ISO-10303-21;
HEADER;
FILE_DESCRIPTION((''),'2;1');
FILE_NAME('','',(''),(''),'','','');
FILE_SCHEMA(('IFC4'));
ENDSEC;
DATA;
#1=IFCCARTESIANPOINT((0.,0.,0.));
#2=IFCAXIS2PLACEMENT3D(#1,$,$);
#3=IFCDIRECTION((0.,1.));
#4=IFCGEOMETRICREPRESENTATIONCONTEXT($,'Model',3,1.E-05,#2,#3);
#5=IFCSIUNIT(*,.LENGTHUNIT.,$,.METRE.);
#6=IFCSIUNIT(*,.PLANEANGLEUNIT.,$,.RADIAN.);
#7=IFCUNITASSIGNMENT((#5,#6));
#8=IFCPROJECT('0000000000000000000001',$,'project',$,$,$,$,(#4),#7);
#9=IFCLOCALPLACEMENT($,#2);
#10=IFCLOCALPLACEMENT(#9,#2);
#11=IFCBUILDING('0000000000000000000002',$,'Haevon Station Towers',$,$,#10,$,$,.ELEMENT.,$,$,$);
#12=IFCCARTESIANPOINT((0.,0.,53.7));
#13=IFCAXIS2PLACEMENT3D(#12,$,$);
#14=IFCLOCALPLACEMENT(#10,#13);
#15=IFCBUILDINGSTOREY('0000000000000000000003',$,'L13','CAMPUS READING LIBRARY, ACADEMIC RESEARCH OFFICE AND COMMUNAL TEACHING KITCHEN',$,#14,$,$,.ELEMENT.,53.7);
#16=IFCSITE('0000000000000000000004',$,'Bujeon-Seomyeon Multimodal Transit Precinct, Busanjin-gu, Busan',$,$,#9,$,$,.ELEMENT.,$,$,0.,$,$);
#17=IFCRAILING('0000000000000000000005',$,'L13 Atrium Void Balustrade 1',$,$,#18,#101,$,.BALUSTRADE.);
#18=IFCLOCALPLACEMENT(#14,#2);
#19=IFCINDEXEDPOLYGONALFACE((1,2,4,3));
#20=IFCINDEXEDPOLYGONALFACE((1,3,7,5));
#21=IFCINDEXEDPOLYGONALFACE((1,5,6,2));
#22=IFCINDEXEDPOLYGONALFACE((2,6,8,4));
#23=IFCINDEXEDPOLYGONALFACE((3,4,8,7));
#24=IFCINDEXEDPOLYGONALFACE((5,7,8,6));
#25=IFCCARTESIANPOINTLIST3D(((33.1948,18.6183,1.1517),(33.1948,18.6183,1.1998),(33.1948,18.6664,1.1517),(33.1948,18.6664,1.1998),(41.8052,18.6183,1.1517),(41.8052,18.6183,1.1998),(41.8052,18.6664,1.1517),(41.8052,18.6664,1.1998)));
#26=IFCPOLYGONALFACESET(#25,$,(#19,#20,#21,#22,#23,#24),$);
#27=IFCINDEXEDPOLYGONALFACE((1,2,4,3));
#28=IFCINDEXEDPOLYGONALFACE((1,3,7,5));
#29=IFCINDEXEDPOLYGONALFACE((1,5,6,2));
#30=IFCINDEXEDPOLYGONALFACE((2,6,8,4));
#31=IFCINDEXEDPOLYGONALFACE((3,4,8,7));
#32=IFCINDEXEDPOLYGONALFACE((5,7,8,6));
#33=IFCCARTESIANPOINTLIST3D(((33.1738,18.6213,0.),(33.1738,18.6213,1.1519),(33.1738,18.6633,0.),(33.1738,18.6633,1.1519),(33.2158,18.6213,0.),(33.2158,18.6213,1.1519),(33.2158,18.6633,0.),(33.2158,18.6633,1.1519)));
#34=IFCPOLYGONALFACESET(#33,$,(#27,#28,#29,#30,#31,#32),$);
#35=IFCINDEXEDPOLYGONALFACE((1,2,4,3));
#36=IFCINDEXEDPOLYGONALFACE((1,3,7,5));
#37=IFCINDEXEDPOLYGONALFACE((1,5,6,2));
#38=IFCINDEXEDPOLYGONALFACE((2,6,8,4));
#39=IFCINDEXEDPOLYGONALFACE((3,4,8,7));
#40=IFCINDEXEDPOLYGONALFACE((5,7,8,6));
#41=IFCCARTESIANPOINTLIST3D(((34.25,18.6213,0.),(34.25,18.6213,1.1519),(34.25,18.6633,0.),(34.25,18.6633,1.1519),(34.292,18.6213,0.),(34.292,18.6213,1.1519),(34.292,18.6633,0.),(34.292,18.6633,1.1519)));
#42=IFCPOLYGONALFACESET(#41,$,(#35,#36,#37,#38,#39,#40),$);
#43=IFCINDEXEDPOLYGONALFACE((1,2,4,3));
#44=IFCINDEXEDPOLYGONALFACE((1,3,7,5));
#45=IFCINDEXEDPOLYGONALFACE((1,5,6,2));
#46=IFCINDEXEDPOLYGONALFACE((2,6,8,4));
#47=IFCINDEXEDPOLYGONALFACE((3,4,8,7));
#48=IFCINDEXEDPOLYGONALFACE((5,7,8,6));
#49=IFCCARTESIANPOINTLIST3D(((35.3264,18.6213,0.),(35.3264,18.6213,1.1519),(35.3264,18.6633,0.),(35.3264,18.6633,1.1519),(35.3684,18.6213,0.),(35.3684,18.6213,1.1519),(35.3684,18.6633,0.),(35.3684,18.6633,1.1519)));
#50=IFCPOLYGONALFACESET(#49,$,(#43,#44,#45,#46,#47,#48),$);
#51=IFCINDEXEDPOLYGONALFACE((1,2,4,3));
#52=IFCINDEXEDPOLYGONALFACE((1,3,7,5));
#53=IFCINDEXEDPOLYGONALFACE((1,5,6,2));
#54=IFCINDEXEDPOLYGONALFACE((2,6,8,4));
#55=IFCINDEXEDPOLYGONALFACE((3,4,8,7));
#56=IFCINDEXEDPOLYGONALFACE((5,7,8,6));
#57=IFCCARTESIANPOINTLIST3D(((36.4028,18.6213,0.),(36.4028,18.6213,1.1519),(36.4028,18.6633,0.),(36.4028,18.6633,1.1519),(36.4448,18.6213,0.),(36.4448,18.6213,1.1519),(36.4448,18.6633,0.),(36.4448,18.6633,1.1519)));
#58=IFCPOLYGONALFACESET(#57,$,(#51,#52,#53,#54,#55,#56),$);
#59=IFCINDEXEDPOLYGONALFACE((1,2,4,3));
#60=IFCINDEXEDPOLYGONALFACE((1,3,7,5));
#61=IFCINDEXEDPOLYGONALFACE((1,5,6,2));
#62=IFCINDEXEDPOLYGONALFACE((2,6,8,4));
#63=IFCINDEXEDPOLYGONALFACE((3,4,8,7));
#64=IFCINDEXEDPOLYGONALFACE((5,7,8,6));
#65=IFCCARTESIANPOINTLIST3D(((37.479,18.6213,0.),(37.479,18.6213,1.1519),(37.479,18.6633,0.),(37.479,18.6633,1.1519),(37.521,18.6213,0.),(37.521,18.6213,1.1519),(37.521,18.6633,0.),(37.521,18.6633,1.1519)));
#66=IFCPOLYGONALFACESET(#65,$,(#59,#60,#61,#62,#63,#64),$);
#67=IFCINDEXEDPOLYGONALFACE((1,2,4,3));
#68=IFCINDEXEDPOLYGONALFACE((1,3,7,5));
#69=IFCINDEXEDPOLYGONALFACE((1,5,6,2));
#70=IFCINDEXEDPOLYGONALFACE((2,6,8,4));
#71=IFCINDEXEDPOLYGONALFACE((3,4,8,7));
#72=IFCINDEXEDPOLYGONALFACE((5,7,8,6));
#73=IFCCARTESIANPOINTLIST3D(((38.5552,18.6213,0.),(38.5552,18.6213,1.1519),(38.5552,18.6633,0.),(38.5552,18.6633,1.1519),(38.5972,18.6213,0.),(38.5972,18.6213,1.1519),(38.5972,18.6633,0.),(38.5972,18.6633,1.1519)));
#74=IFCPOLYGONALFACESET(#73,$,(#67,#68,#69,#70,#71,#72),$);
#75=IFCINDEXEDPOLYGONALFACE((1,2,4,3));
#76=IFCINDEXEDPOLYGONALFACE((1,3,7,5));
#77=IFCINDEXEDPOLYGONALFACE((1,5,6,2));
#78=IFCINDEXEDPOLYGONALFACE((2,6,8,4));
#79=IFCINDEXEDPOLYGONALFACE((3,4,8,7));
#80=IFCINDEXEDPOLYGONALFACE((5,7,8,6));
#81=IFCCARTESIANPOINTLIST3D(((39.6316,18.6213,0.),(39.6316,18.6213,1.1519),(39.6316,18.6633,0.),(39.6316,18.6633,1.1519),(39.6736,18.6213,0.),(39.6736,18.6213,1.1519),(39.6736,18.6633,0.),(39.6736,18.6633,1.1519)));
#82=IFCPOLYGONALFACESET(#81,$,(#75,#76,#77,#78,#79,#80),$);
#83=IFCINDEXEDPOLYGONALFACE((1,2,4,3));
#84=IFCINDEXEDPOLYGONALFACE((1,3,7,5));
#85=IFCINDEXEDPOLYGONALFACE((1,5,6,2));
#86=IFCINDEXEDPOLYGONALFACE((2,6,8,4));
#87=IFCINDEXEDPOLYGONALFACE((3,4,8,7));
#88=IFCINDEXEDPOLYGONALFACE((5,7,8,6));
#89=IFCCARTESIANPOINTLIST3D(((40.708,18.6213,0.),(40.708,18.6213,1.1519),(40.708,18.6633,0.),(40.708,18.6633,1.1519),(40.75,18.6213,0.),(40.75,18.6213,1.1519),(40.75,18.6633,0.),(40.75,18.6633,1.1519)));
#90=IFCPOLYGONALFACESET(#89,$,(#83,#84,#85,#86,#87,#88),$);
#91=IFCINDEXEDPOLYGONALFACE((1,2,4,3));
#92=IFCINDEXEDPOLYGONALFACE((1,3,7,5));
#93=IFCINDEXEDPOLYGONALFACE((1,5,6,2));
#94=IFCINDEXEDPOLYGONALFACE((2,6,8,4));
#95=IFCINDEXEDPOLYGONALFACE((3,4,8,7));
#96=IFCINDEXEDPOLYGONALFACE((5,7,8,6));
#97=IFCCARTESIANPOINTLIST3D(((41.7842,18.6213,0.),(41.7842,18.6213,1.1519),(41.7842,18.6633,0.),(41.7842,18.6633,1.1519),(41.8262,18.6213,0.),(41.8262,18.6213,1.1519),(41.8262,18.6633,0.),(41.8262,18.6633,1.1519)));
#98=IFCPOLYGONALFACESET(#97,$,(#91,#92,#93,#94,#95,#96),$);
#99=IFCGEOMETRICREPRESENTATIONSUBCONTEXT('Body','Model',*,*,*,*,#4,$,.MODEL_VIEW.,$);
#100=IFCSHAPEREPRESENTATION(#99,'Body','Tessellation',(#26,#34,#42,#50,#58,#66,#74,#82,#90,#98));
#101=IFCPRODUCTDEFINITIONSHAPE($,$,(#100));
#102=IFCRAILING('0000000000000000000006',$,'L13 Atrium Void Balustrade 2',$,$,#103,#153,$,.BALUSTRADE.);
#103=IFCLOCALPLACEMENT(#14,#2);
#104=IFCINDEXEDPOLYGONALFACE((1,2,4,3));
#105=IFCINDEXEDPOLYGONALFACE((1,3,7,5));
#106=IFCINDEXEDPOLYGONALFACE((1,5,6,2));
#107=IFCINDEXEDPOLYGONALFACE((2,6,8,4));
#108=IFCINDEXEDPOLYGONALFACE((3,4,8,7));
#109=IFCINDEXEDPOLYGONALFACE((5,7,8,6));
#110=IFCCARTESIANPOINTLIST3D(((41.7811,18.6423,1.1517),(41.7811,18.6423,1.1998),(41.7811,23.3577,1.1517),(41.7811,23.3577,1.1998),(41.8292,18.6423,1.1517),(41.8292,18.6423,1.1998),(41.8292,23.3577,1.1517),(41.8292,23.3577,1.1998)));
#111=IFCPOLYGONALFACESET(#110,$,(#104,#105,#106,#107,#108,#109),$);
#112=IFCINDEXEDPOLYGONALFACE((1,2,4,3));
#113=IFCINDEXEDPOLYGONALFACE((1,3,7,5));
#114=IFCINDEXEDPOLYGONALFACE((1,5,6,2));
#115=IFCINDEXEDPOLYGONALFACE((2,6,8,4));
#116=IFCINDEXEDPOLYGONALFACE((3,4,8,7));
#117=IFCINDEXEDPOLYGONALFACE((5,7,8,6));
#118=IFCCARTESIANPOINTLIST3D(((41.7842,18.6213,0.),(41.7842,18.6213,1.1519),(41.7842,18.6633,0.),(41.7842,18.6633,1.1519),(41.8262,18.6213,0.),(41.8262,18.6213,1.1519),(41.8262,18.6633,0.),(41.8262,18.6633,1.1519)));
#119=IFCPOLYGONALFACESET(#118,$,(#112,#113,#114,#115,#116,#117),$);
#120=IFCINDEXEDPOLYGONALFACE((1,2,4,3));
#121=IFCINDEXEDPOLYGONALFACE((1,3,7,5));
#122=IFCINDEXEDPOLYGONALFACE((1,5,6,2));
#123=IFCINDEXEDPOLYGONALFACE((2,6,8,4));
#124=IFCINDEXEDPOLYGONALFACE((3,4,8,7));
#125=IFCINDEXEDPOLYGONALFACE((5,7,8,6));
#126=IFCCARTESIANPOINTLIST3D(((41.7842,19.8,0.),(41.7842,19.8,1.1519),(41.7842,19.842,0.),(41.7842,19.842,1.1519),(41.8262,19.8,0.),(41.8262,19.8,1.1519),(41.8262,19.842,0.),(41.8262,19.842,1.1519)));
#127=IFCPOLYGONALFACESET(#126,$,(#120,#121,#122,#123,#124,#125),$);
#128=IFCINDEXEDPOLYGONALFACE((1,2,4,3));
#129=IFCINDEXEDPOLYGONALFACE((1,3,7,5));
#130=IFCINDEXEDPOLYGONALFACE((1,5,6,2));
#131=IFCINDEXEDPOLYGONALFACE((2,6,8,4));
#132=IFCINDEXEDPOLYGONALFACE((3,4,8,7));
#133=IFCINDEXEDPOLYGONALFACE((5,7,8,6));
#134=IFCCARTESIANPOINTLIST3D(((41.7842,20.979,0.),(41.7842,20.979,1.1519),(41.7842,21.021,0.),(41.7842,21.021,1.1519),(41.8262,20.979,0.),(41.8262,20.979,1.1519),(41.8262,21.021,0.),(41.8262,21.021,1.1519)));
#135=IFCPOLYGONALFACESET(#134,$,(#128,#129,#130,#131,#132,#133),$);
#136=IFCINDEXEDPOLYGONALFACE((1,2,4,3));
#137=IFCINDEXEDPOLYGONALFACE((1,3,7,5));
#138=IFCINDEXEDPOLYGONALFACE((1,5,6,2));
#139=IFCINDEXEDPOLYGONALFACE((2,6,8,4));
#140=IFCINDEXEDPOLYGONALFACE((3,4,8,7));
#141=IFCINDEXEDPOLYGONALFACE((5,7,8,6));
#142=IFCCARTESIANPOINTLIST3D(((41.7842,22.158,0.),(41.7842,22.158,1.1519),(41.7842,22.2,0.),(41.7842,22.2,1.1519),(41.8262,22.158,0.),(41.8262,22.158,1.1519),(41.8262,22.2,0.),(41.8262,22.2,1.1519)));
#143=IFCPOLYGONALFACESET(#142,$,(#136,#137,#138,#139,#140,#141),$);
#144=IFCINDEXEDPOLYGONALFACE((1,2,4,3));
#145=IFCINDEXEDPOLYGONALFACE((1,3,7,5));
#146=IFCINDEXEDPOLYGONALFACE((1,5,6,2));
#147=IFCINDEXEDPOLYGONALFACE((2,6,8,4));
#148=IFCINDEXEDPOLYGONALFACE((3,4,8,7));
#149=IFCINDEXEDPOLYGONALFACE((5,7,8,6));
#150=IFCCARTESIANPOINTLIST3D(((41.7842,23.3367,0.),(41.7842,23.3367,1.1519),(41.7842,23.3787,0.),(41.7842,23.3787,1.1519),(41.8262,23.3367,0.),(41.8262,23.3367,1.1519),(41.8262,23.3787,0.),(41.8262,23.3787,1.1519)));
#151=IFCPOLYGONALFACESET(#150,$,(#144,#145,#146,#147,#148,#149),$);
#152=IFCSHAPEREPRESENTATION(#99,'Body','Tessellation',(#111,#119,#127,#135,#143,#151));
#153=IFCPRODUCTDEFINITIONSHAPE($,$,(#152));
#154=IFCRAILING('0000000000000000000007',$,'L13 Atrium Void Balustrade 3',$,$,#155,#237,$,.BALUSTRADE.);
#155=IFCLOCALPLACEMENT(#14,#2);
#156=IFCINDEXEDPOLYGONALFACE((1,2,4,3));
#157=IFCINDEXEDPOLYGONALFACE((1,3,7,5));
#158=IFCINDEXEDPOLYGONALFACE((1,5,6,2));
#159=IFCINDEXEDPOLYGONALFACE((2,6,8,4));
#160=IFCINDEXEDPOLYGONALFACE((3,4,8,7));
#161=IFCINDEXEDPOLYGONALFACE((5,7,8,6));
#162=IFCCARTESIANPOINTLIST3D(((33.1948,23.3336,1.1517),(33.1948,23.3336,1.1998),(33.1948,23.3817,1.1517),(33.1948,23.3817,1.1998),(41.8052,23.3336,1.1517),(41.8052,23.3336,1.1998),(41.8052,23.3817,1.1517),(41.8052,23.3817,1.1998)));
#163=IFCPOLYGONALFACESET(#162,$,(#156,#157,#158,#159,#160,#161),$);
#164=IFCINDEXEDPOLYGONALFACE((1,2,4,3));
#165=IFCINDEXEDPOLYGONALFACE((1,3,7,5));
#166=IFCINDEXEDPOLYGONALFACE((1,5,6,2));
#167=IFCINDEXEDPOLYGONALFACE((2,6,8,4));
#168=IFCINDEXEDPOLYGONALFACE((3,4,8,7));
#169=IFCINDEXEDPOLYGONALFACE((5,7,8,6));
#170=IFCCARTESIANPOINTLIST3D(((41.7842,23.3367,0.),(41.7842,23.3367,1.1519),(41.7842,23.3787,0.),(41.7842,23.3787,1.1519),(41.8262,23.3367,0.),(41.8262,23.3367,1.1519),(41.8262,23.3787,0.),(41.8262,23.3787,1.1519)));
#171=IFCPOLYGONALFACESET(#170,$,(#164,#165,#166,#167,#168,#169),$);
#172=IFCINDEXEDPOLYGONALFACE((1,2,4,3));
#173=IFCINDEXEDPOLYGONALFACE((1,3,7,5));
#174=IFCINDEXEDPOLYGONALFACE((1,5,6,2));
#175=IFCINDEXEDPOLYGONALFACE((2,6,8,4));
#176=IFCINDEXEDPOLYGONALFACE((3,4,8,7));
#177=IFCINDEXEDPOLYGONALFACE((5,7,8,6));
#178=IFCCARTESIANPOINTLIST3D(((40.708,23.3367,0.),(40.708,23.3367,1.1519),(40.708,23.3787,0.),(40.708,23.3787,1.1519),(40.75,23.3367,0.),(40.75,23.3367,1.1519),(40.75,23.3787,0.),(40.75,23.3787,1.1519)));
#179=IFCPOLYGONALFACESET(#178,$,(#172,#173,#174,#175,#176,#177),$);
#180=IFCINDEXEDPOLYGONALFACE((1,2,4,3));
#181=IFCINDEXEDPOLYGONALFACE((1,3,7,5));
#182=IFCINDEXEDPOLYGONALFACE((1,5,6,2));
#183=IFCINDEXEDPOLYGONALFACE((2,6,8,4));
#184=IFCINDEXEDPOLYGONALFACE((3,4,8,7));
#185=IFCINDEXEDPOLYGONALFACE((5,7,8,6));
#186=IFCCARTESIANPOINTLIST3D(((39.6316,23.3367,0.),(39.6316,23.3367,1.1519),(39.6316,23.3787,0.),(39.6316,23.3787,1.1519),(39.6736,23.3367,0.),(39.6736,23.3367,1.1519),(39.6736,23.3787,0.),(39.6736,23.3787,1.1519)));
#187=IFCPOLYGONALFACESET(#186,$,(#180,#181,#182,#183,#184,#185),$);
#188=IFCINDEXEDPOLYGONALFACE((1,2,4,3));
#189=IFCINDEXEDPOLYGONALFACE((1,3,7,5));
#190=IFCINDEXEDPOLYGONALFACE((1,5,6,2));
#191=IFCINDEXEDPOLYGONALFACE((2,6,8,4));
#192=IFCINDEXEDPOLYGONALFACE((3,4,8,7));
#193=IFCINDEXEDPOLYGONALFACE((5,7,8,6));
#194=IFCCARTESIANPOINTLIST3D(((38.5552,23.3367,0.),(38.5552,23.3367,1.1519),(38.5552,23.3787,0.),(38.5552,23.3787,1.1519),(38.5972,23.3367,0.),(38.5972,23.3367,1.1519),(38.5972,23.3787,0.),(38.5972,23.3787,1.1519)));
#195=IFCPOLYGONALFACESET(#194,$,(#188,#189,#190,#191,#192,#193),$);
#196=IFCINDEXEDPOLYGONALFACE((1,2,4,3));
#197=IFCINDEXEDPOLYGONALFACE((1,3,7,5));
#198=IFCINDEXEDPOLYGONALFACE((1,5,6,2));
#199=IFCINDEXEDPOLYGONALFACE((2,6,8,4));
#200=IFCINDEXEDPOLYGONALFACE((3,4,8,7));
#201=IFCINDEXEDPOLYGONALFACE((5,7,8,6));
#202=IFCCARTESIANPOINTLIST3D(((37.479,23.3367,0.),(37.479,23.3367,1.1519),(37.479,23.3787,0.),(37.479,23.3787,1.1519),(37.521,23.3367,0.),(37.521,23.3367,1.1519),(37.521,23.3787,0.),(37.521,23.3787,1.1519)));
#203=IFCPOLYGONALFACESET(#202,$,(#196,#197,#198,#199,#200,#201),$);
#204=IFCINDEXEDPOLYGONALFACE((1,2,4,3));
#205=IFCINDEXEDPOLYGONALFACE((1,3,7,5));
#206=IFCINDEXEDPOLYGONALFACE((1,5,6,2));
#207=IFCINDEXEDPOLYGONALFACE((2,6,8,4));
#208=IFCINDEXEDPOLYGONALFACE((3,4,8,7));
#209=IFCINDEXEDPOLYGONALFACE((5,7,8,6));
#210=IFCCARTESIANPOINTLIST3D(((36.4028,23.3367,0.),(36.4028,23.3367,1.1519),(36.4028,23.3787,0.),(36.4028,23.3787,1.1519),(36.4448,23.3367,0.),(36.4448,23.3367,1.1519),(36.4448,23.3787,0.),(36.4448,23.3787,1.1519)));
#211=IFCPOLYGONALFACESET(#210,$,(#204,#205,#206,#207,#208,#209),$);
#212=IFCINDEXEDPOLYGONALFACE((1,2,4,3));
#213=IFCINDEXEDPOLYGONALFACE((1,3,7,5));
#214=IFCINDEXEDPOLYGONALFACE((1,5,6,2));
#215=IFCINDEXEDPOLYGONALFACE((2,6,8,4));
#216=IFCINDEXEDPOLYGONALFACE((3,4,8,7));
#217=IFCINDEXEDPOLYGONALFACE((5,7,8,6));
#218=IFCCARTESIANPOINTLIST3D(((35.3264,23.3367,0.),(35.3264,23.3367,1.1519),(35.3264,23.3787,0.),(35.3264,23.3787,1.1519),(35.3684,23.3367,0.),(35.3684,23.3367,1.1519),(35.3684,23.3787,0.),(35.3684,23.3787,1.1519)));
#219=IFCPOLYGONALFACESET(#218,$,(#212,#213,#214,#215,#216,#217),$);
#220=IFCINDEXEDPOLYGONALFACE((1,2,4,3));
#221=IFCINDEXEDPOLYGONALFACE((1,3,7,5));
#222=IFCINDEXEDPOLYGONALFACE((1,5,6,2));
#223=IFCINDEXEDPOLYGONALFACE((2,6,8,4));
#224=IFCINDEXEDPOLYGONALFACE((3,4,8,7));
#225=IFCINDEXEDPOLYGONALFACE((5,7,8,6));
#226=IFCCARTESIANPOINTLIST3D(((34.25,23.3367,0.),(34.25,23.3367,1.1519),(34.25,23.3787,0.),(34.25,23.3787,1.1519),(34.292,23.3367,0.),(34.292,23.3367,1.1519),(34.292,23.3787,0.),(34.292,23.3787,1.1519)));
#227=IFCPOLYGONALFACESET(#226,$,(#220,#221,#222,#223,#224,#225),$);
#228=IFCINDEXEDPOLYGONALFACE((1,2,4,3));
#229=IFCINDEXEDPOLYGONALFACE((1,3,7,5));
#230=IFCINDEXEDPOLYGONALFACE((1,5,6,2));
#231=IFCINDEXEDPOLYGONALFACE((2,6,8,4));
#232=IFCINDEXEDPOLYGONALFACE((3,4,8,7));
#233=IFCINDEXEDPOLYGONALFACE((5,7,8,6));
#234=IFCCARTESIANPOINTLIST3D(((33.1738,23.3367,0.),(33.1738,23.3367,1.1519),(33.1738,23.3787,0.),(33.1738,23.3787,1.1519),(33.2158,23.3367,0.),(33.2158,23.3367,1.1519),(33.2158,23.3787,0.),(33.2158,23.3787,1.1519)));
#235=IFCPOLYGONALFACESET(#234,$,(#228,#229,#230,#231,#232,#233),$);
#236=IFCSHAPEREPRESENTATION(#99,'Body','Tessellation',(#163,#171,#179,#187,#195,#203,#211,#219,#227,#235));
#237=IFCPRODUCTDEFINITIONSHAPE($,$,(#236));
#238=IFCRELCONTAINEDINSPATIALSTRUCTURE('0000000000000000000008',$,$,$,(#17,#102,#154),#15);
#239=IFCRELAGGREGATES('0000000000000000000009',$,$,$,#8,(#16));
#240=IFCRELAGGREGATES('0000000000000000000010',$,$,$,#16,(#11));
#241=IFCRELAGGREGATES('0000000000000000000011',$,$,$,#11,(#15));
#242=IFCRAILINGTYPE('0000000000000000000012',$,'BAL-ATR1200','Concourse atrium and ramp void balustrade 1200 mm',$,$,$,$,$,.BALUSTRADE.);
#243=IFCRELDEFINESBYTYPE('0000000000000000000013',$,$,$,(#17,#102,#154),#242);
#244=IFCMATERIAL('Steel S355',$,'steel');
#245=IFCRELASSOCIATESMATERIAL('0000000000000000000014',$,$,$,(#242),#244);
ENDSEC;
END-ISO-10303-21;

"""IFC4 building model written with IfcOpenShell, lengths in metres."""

from ifc_helpers import new_model, si_unit, direction, frame, origin, origin_2d, place, context, subcontext, project, spatial, rectangle, extrude, material, type_object, element, save


model = new_model("IFC4")

# Units and contexts
model_context = context("Model", 3, precision=1e-05, world=origin(), true_north=direction((0.0, 1.0)))
body_context = subcontext(model_context, "Body", "Model", "MODEL_VIEW")
ifc_project = project(units=[si_unit("LENGTHUNIT", "METRE"), si_unit("PLANEANGLEUNIT", "RADIAN")], contexts=[model_context])

# Site, building, storey
site_placement = place(None, origin())
site = spatial("IfcSite", under=ifc_project, at=site_placement, Name="Bujeon-Seomyeon Multimodal Transit Precinct, Busanjin-gu, Busan", CompositionType="ELEMENT", RefElevation=0.0)
building_placement = place(site_placement, origin())
building = spatial("IfcBuilding", under=site, at=building_placement, Name="Haevon Station Towers", CompositionType="ELEMENT")
storey_placement = place(building_placement, frame((0.0, 0.0, 53.7)))
storey = spatial("IfcBuildingStorey", under=building, at=storey_placement, Name="L13", Description="CAMPUS READING LIBRARY, ACADEMIC RESEARCH OFFICE AND COMMUNAL TEACHING KITCHEN", CompositionType="ELEMENT", Elevation=53.7)

# Shared definitions
ifc_material_1 = material(Name="Steel S355", Category="steel")

# Railings
railing_type = type_object("IfcRailingType", Name="BAL-ATR1200", Description="Concourse atrium and ramp void balustrade 1200 mm", PredefinedType="BALUSTRADE", material=ifc_material_1)
railing_1_placement = place(storey_placement, frame((33.1948, 18.6423, 0.0)))
element("IfcRailing", 1, at=railing_1_placement, inside=storey, type_object=railing_type, Name="L13 Atrium Void Balustrade 1", PredefinedType="BALUSTRADE", context=body_context, shape_type="SweptSolid", body=[
    extrude(rectangle(XDim=0.0481, YDim=0.0481, at=origin_2d()), frame((0.0, 0.0, 1.1758), z_axis=(1.0, 0.0, 0.0), x_axis=(0.0, 1.0, 0.0)), (0.0, 0.0, 1.0), 8.6104),
    extrude(rectangle(XDim=0.042, YDim=0.042, at=origin_2d()), origin(), (0.0, 0.0, 1.0), 1.1519),
    extrude(rectangle(XDim=0.042, YDim=0.042, at=origin_2d()), frame((1.0762, 0.0, 0.0)), (0.0, 0.0, 1.0), 1.1519),
    extrude(rectangle(XDim=0.042, YDim=0.042, at=origin_2d()), frame((2.1526, 0.0, 0.0)), (0.0, 0.0, 1.0), 1.1519),
    extrude(rectangle(XDim=0.042, YDim=0.042, at=origin_2d()), frame((3.229, 0.0, 0.0)), (0.0, 0.0, 1.0), 1.1519),
    extrude(rectangle(XDim=0.042, YDim=0.042, at=origin_2d()), frame((4.3052, 0.0, 0.0)), (0.0, 0.0, 1.0), 1.1519),
    extrude(rectangle(XDim=0.042, YDim=0.042, at=origin_2d()), frame((5.3813, 0.0, 0.0)), (0.0, 0.0, 1.0), 1.1519),
    extrude(rectangle(XDim=0.042, YDim=0.042, at=origin_2d()), frame((6.4578, 0.0, 0.0)), (0.0, 0.0, 1.0), 1.1519),
    extrude(rectangle(XDim=0.042, YDim=0.042, at=origin_2d()), frame((7.5342, 0.0, 0.0)), (0.0, 0.0, 1.0), 1.1519),
    extrude(rectangle(XDim=0.042, YDim=0.042, at=origin_2d()), frame((8.6104, 0.0, 0.0)), (0.0, 0.0, 1.0), 1.1519),
])
railing_2_placement = place(storey_placement, frame((41.8052, 18.6423, 0.0)))
element("IfcRailing", 2, at=railing_2_placement, inside=storey, type_object=railing_type, Name="L13 Atrium Void Balustrade 2", PredefinedType="BALUSTRADE", context=body_context, shape_type="SweptSolid", body=[
    extrude(rectangle(XDim=0.0481, YDim=0.0481, at=origin_2d()), frame((0.0, 0.0, 1.1758), z_axis=(0.0, 1.0, 0.0), x_axis=(-1.0, 0.0, 0.0)), (0.0, 0.0, 1.0), 4.7153),
    extrude(rectangle(XDim=0.042, YDim=0.042, at=origin_2d()), origin(), (0.0, 0.0, 1.0), 1.1519),
    extrude(rectangle(XDim=0.042, YDim=0.042, at=origin_2d()), frame((0.0, 1.1787, 0.0)), (0.0, 0.0, 1.0), 1.1519),
    extrude(rectangle(XDim=0.042, YDim=0.042, at=origin_2d()), frame((0.0, 2.3577, 0.0)), (0.0, 0.0, 1.0), 1.1519),
    extrude(rectangle(XDim=0.042, YDim=0.042, at=origin_2d()), frame((0.0, 3.5366, 0.0)), (0.0, 0.0, 1.0), 1.1519),
    extrude(rectangle(XDim=0.042, YDim=0.042, at=origin_2d()), frame((0.0, 4.7153, 0.0)), (0.0, 0.0, 1.0), 1.1519),
])
railing_3_placement = place(storey_placement, frame((41.8052, 23.3577, 0.0)))
element("IfcRailing", 3, at=railing_3_placement, inside=storey, type_object=railing_type, Name="L13 Atrium Void Balustrade 3", PredefinedType="BALUSTRADE", context=body_context, shape_type="SweptSolid", body=[
    extrude(rectangle(XDim=0.0481, YDim=0.0481, at=origin_2d()), frame((0.0, 0.0, 1.1758), z_axis=(-1.0, 0.0, 0.0), x_axis=(0.0, -1.0, 0.0)), (0.0, 0.0, 1.0), 8.6104),
    extrude(rectangle(XDim=0.042, YDim=0.042, at=origin_2d()), origin(), (0.0, 0.0, 1.0), 1.1519),
    extrude(rectangle(XDim=0.042, YDim=0.042, at=origin_2d()), frame((-1.0762, 0.0, 0.0)), (0.0, 0.0, 1.0), 1.1519),
    extrude(rectangle(XDim=0.042, YDim=0.042, at=origin_2d()), frame((-2.1526, 0.0, 0.0)), (0.0, 0.0, 1.0), 1.1519),
    extrude(rectangle(XDim=0.042, YDim=0.042, at=origin_2d()), frame((-3.229, 0.0, 0.0)), (0.0, 0.0, 1.0), 1.1519),
    extrude(rectangle(XDim=0.042, YDim=0.042, at=origin_2d()), frame((-4.3052, 0.0, 0.0)), (0.0, 0.0, 1.0), 1.1519),
    extrude(rectangle(XDim=0.042, YDim=0.042, at=origin_2d()), frame((-5.3813, 0.0, 0.0)), (0.0, 0.0, 1.0), 1.1519),
    extrude(rectangle(XDim=0.042, YDim=0.042, at=origin_2d()), frame((-6.4578, 0.0, 0.0)), (0.0, 0.0, 1.0), 1.1519),
    extrude(rectangle(XDim=0.042, YDim=0.042, at=origin_2d()), frame((-7.5342, 0.0, 0.0)), (0.0, 0.0, 1.0), 1.1519),
    extrude(rectangle(XDim=0.042, YDim=0.042, at=origin_2d()), frame((-8.6104, 0.0, 0.0)), (0.0, 0.0, 1.0), 1.1519),
])

save(model, "model.ifc")
